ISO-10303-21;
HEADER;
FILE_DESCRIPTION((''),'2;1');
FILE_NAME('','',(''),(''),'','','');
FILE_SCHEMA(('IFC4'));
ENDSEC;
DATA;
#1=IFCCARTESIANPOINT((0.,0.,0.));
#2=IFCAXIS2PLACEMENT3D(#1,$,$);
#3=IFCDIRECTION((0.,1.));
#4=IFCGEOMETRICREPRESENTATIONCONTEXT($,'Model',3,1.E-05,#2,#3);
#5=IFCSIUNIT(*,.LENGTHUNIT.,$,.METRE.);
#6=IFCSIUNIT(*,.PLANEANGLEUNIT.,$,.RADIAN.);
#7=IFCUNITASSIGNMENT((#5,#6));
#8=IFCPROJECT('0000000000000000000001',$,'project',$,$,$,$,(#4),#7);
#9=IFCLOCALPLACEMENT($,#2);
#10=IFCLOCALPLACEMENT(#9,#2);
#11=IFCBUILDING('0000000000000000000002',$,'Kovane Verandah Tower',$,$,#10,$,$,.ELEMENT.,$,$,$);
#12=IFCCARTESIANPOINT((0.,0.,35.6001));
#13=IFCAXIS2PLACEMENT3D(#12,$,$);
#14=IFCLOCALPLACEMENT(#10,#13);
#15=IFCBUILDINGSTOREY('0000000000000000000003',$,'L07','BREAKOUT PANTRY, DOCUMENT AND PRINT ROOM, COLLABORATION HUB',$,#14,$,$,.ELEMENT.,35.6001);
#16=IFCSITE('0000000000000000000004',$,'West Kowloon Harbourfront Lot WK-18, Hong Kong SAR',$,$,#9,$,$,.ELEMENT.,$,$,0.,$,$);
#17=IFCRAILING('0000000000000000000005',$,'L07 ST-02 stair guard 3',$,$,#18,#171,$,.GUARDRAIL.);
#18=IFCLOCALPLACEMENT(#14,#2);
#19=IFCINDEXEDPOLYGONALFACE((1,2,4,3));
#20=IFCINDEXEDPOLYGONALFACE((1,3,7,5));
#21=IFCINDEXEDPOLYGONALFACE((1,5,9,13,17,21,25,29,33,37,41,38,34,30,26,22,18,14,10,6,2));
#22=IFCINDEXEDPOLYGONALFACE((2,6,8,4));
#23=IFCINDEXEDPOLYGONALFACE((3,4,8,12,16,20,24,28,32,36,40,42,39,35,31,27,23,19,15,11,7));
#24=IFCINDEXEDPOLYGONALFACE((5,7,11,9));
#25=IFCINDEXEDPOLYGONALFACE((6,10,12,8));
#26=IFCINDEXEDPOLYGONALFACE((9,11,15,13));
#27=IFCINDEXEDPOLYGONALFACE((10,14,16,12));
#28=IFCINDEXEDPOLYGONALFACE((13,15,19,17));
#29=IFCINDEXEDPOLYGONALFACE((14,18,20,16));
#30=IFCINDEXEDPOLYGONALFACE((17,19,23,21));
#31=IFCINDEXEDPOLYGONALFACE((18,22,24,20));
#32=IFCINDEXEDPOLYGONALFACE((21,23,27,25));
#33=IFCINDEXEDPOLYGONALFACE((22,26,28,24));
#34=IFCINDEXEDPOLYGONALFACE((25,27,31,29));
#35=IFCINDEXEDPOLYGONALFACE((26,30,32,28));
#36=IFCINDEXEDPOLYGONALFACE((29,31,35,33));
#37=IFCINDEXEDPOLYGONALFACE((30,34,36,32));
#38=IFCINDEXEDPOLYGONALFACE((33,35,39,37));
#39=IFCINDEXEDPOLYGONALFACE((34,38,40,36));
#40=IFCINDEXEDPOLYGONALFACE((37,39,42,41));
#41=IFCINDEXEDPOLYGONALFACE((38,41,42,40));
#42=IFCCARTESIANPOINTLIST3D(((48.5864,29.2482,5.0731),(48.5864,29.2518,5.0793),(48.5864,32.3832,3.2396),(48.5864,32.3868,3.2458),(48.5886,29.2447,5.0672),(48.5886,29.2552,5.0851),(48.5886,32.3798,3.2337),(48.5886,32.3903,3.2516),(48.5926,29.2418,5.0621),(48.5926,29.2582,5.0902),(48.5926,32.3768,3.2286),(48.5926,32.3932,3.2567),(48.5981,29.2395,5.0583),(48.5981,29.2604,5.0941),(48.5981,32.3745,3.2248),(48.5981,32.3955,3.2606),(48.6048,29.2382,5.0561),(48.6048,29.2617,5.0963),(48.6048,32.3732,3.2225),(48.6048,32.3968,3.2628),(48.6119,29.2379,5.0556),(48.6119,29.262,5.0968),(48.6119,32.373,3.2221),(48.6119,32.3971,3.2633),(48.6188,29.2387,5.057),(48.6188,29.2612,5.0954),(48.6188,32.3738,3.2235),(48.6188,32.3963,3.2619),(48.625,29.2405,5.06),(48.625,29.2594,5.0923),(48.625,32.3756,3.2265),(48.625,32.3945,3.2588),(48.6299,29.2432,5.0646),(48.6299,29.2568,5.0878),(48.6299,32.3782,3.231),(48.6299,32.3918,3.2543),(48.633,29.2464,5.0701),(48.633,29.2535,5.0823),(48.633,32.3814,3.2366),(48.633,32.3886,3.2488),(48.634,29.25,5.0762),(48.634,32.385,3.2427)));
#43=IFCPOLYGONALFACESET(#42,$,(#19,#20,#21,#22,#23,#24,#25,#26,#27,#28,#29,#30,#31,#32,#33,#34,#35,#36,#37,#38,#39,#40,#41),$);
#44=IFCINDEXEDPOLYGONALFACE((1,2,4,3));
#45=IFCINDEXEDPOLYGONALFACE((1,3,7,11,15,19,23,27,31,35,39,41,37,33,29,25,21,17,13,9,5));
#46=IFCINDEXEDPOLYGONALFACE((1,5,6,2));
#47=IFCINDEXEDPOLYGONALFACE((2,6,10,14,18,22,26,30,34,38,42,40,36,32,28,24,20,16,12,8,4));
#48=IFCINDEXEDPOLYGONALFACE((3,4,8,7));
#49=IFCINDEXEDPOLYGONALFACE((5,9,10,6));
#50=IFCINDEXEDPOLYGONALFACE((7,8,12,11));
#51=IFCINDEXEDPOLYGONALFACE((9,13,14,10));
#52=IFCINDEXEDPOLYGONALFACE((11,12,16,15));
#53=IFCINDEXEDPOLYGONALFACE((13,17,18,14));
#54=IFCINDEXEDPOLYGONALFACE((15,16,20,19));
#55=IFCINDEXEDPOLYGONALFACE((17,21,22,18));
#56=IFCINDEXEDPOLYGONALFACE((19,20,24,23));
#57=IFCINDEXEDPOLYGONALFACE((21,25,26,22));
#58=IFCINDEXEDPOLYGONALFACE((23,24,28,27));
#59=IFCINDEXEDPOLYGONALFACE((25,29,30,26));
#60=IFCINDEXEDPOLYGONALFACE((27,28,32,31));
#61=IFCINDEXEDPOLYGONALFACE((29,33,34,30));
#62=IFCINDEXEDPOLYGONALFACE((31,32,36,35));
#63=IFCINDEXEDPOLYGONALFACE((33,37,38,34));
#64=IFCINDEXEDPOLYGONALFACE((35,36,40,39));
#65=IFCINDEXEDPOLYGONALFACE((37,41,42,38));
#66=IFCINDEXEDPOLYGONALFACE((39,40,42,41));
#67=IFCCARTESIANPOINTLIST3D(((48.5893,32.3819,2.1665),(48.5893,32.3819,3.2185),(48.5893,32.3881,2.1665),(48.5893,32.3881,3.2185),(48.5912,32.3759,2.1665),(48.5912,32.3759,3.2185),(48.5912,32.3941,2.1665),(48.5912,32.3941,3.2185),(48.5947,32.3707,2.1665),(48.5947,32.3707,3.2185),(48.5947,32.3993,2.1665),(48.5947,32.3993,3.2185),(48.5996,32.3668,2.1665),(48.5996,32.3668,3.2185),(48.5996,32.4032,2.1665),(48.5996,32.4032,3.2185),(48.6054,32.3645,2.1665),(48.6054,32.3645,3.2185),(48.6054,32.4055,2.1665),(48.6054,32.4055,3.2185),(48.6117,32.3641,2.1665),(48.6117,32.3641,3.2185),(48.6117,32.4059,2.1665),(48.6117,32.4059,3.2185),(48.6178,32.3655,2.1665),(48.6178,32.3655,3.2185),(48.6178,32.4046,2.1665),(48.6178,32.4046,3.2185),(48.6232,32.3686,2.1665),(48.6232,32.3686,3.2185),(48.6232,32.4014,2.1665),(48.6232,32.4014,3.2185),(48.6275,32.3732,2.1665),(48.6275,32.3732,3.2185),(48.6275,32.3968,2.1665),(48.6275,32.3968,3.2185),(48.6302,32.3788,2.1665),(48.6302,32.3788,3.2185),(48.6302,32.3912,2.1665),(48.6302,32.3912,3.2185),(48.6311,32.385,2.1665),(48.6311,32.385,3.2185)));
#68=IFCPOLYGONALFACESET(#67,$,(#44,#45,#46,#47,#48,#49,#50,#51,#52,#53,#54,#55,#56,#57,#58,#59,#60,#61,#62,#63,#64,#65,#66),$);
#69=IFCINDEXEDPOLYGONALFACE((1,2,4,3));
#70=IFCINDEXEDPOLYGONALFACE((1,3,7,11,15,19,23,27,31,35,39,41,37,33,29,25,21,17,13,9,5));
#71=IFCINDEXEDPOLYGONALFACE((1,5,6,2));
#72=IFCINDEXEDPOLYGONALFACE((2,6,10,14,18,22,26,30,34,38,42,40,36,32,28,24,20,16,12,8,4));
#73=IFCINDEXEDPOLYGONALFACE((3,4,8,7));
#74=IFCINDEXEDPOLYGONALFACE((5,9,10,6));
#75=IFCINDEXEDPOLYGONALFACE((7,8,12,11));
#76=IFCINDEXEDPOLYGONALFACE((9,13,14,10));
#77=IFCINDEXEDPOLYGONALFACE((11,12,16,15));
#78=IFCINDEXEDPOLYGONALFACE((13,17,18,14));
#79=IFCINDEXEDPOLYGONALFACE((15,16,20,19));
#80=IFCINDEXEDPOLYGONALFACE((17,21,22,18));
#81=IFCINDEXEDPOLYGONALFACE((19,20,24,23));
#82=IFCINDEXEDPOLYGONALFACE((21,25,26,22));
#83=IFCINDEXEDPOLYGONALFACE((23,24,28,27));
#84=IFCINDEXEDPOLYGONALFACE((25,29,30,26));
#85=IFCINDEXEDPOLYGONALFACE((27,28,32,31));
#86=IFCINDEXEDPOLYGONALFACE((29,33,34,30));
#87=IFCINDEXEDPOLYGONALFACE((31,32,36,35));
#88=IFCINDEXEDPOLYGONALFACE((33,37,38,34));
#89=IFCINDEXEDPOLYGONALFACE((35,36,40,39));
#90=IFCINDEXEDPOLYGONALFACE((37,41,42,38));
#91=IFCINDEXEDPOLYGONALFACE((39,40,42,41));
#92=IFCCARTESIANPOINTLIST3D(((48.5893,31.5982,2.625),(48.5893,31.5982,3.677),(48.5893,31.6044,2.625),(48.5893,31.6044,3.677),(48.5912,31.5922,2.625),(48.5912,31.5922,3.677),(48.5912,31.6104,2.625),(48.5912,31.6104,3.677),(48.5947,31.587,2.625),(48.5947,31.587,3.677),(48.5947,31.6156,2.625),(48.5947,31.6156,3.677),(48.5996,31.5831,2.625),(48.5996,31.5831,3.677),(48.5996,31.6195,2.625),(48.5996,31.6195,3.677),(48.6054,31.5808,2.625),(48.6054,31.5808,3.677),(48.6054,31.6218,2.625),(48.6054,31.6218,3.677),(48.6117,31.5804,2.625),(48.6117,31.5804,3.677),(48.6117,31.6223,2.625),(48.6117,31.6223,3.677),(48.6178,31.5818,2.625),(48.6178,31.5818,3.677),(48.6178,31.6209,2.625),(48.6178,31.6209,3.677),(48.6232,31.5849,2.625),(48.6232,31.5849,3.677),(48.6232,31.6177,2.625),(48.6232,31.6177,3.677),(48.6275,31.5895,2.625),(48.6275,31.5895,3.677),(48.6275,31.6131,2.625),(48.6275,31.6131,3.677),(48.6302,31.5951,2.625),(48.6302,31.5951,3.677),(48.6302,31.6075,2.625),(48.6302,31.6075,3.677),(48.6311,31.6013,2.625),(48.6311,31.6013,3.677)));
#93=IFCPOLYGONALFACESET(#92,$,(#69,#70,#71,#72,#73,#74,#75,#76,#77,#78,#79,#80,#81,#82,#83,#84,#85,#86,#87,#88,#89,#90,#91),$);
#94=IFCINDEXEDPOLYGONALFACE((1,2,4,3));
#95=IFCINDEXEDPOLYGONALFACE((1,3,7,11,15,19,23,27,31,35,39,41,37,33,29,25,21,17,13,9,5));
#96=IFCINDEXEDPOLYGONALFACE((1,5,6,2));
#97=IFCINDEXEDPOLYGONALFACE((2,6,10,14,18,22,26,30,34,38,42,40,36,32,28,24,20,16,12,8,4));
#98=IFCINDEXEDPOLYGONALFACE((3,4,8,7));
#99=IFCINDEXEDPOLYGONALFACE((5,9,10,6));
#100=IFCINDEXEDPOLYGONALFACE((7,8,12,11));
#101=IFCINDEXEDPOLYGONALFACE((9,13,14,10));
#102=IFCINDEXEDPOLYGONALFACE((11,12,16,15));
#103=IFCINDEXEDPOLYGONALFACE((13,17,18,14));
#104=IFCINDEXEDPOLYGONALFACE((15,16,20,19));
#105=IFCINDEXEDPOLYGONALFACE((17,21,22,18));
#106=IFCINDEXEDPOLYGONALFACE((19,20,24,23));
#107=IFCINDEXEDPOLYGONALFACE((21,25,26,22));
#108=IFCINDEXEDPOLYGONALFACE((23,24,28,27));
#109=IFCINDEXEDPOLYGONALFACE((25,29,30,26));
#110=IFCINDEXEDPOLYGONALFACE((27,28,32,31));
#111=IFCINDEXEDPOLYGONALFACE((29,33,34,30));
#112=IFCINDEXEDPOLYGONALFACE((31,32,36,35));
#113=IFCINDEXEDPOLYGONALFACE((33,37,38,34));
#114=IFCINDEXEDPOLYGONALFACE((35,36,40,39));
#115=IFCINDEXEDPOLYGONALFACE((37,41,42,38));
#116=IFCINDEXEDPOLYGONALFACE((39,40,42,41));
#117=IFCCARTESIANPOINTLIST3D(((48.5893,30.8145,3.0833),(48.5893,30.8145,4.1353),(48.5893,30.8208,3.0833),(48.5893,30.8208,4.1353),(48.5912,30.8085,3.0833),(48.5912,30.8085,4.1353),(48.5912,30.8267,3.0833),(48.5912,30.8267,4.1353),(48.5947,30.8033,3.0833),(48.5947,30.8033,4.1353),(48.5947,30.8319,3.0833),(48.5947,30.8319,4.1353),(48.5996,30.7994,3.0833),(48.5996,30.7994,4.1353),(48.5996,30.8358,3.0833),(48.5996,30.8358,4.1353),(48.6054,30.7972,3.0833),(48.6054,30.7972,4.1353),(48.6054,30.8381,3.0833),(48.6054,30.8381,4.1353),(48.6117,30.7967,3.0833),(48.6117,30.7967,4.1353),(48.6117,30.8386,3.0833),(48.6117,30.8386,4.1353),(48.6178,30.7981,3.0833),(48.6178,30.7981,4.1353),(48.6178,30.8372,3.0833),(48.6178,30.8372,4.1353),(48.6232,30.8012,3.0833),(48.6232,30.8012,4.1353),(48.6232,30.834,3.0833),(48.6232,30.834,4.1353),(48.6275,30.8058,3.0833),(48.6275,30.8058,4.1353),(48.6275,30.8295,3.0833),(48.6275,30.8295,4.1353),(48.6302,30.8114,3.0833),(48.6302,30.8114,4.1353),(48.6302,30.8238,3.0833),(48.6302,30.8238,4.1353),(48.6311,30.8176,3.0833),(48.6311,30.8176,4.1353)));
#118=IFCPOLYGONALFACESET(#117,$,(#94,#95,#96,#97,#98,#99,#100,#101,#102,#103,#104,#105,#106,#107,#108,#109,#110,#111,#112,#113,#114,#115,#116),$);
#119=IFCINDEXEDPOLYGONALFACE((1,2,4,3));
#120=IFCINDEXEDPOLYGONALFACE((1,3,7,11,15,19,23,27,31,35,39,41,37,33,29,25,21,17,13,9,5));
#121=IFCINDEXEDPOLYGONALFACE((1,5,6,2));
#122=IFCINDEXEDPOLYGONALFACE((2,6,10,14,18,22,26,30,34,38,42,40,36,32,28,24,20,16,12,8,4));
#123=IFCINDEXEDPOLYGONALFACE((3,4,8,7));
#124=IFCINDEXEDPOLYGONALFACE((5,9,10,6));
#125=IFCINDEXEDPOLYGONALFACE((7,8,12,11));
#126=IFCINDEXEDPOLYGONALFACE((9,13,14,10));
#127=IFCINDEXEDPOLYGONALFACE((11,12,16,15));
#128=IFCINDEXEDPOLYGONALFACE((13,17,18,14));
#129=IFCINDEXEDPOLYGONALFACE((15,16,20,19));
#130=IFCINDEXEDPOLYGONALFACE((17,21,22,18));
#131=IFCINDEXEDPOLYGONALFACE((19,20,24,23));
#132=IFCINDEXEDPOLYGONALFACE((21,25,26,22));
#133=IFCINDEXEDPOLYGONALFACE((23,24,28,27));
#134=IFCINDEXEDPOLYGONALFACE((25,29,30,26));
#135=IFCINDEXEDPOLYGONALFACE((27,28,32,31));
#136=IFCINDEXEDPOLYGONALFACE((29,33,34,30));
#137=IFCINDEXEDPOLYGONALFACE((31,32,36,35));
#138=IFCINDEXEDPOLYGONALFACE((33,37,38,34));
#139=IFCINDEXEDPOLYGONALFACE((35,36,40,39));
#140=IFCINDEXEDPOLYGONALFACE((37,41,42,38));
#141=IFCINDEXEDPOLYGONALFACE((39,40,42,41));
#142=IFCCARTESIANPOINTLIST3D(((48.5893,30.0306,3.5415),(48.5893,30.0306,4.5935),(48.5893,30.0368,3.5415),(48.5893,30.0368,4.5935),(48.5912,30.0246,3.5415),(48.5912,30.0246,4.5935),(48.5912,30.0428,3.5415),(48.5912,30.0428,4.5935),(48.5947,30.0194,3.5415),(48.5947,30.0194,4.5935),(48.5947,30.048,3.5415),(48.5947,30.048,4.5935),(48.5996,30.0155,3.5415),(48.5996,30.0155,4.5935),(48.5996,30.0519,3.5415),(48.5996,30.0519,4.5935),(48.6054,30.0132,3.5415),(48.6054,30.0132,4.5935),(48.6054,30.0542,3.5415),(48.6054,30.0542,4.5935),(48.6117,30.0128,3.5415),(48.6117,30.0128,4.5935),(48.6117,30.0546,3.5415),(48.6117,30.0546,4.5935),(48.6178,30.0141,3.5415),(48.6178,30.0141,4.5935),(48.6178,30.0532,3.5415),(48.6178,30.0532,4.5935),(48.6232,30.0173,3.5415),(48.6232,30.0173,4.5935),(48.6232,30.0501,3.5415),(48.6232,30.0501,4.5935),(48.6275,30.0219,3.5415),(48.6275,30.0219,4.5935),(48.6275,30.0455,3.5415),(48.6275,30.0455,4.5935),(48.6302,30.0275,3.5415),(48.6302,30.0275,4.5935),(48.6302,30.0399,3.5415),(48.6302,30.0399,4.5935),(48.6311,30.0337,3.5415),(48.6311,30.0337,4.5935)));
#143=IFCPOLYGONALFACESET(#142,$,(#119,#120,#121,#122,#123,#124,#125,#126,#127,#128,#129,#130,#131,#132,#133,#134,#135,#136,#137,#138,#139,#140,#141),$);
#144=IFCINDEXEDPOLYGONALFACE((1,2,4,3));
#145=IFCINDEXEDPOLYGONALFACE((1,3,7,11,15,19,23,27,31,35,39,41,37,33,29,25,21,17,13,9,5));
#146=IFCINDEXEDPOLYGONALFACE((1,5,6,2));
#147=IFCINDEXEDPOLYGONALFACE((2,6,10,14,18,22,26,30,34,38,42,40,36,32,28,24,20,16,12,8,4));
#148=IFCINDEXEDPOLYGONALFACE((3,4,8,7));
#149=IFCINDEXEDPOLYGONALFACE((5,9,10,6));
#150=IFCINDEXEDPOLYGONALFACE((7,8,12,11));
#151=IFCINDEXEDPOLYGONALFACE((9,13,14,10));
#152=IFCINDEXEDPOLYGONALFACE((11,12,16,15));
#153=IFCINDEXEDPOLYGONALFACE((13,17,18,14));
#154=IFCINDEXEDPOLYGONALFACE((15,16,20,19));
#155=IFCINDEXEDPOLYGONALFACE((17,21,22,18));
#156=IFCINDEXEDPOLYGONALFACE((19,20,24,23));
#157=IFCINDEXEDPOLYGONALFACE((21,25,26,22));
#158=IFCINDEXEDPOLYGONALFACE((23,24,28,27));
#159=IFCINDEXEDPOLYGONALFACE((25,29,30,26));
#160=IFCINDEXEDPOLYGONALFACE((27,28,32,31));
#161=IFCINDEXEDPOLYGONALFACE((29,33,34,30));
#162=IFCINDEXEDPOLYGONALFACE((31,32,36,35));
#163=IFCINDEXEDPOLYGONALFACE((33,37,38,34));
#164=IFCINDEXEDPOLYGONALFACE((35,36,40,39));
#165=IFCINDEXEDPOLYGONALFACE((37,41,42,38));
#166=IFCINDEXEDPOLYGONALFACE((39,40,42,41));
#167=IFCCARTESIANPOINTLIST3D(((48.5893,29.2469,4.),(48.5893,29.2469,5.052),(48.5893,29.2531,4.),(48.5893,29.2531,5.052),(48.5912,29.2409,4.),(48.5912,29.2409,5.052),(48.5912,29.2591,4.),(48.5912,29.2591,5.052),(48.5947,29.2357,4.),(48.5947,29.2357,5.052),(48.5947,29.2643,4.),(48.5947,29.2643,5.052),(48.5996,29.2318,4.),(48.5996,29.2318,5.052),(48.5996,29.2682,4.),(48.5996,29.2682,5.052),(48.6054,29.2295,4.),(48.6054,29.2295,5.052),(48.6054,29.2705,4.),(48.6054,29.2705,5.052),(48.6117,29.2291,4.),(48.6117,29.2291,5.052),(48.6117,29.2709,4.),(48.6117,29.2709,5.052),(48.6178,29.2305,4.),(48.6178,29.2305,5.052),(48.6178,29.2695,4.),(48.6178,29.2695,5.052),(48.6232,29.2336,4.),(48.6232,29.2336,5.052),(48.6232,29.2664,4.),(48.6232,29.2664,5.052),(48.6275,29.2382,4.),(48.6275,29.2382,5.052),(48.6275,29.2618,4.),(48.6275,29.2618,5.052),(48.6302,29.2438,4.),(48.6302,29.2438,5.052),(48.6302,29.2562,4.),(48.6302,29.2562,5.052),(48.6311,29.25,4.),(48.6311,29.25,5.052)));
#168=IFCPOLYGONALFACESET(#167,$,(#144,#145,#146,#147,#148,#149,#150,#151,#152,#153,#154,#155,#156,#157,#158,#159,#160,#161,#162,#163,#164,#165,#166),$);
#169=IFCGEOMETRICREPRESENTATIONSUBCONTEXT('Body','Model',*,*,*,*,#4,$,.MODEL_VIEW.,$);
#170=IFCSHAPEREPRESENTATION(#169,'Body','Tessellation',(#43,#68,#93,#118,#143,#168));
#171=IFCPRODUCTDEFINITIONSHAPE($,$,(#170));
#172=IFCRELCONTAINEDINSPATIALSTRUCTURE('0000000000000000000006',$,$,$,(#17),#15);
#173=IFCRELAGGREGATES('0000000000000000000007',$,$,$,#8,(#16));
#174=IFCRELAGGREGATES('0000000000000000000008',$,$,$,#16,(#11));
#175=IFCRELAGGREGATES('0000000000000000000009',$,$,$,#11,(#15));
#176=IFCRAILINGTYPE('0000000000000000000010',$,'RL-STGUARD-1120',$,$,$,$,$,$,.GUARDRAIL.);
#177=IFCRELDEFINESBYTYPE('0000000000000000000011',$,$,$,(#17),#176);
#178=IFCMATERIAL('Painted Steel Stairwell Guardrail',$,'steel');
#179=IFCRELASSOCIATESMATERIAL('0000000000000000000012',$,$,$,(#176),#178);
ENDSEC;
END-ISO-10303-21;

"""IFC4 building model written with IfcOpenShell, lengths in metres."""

from ifc_helpers import new_model, si_unit, direction, frame, origin, origin_2d, place, context, subcontext, project, spatial, circle, extrude, material, type_object, element, save


model = new_model("IFC4")

# Units and contexts
model_context = context("Model", 3, precision=1e-05, world=origin(), true_north=direction((0.0, 1.0)))
body_context = subcontext(model_context, "Body", "Model", "MODEL_VIEW")
ifc_project = project(units=[si_unit("LENGTHUNIT", "METRE"), si_unit("PLANEANGLEUNIT", "RADIAN")], contexts=[model_context])

# Site, building, storey
site_placement = place(None, origin())
site = spatial("IfcSite", under=ifc_project, at=site_placement, Name="West Kowloon Harbourfront Lot WK-18, Hong Kong SAR", CompositionType="ELEMENT", RefElevation=0.0)
building_placement = place(site_placement, origin())
building = spatial("IfcBuilding", under=site, at=building_placement, Name="Kovane Verandah Tower", CompositionType="ELEMENT")
storey_placement = place(building_placement, frame((0.0, 0.0, 35.6001)))
storey = spatial("IfcBuildingStorey", under=building, at=storey_placement, Name="L07", Description="BREAKOUT PANTRY, DOCUMENT AND PRINT ROOM, COLLABORATION HUB", CompositionType="ELEMENT", Elevation=35.6001)

# Railing
ifc_material_1 = material(Name="Painted Steel Stairwell Guardrail", Category="steel")
railing_type_1 = type_object("IfcRailingType", Name="RL-STGUARD-1120", PredefinedType="GUARDRAIL", material=ifc_material_1)
railing_1_placement = place(storey_placement, frame((48.6101, 32.385, 2.1665)))
element("IfcRailing", 1, at=railing_1_placement, inside=storey, type_object=railing_type_1, Name="L07 ST-02 stair guard 3", PredefinedType="GUARDRAIL", context=body_context, shape_type="SweptSolid", body=[
    extrude(circle(Radius=0.0239, at=origin_2d()), frame((0.0, 0.0, 1.0762), z_axis=(0.0, -0.86321, 0.504845), x_axis=(1.0, 0.0, 0.0)), (0.0, 0.0, 1.0), 3.6318),
    extrude(circle(Radius=0.021, at=origin_2d()), origin(), (0.0, 0.0, 1.0), 1.052),
    extrude(circle(Radius=0.021, at=origin_2d()), frame((0.0, -0.7837, 0.4585)), (0.0, 0.0, 1.0), 1.052),
    extrude(circle(Radius=0.021, at=origin_2d()), frame((0.0, -1.5674, 0.9167)), (0.0, 0.0, 1.0), 1.052),
    extrude(circle(Radius=0.021, at=origin_2d()), frame((0.0, -2.3513, 1.375)), (0.0, 0.0, 1.0), 1.052),
    extrude(circle(Radius=0.021, at=origin_2d()), frame((0.0, -3.135, 1.8335)), (0.0, 0.0, 1.0), 1.052),
])

save(model, "model.ifc")
